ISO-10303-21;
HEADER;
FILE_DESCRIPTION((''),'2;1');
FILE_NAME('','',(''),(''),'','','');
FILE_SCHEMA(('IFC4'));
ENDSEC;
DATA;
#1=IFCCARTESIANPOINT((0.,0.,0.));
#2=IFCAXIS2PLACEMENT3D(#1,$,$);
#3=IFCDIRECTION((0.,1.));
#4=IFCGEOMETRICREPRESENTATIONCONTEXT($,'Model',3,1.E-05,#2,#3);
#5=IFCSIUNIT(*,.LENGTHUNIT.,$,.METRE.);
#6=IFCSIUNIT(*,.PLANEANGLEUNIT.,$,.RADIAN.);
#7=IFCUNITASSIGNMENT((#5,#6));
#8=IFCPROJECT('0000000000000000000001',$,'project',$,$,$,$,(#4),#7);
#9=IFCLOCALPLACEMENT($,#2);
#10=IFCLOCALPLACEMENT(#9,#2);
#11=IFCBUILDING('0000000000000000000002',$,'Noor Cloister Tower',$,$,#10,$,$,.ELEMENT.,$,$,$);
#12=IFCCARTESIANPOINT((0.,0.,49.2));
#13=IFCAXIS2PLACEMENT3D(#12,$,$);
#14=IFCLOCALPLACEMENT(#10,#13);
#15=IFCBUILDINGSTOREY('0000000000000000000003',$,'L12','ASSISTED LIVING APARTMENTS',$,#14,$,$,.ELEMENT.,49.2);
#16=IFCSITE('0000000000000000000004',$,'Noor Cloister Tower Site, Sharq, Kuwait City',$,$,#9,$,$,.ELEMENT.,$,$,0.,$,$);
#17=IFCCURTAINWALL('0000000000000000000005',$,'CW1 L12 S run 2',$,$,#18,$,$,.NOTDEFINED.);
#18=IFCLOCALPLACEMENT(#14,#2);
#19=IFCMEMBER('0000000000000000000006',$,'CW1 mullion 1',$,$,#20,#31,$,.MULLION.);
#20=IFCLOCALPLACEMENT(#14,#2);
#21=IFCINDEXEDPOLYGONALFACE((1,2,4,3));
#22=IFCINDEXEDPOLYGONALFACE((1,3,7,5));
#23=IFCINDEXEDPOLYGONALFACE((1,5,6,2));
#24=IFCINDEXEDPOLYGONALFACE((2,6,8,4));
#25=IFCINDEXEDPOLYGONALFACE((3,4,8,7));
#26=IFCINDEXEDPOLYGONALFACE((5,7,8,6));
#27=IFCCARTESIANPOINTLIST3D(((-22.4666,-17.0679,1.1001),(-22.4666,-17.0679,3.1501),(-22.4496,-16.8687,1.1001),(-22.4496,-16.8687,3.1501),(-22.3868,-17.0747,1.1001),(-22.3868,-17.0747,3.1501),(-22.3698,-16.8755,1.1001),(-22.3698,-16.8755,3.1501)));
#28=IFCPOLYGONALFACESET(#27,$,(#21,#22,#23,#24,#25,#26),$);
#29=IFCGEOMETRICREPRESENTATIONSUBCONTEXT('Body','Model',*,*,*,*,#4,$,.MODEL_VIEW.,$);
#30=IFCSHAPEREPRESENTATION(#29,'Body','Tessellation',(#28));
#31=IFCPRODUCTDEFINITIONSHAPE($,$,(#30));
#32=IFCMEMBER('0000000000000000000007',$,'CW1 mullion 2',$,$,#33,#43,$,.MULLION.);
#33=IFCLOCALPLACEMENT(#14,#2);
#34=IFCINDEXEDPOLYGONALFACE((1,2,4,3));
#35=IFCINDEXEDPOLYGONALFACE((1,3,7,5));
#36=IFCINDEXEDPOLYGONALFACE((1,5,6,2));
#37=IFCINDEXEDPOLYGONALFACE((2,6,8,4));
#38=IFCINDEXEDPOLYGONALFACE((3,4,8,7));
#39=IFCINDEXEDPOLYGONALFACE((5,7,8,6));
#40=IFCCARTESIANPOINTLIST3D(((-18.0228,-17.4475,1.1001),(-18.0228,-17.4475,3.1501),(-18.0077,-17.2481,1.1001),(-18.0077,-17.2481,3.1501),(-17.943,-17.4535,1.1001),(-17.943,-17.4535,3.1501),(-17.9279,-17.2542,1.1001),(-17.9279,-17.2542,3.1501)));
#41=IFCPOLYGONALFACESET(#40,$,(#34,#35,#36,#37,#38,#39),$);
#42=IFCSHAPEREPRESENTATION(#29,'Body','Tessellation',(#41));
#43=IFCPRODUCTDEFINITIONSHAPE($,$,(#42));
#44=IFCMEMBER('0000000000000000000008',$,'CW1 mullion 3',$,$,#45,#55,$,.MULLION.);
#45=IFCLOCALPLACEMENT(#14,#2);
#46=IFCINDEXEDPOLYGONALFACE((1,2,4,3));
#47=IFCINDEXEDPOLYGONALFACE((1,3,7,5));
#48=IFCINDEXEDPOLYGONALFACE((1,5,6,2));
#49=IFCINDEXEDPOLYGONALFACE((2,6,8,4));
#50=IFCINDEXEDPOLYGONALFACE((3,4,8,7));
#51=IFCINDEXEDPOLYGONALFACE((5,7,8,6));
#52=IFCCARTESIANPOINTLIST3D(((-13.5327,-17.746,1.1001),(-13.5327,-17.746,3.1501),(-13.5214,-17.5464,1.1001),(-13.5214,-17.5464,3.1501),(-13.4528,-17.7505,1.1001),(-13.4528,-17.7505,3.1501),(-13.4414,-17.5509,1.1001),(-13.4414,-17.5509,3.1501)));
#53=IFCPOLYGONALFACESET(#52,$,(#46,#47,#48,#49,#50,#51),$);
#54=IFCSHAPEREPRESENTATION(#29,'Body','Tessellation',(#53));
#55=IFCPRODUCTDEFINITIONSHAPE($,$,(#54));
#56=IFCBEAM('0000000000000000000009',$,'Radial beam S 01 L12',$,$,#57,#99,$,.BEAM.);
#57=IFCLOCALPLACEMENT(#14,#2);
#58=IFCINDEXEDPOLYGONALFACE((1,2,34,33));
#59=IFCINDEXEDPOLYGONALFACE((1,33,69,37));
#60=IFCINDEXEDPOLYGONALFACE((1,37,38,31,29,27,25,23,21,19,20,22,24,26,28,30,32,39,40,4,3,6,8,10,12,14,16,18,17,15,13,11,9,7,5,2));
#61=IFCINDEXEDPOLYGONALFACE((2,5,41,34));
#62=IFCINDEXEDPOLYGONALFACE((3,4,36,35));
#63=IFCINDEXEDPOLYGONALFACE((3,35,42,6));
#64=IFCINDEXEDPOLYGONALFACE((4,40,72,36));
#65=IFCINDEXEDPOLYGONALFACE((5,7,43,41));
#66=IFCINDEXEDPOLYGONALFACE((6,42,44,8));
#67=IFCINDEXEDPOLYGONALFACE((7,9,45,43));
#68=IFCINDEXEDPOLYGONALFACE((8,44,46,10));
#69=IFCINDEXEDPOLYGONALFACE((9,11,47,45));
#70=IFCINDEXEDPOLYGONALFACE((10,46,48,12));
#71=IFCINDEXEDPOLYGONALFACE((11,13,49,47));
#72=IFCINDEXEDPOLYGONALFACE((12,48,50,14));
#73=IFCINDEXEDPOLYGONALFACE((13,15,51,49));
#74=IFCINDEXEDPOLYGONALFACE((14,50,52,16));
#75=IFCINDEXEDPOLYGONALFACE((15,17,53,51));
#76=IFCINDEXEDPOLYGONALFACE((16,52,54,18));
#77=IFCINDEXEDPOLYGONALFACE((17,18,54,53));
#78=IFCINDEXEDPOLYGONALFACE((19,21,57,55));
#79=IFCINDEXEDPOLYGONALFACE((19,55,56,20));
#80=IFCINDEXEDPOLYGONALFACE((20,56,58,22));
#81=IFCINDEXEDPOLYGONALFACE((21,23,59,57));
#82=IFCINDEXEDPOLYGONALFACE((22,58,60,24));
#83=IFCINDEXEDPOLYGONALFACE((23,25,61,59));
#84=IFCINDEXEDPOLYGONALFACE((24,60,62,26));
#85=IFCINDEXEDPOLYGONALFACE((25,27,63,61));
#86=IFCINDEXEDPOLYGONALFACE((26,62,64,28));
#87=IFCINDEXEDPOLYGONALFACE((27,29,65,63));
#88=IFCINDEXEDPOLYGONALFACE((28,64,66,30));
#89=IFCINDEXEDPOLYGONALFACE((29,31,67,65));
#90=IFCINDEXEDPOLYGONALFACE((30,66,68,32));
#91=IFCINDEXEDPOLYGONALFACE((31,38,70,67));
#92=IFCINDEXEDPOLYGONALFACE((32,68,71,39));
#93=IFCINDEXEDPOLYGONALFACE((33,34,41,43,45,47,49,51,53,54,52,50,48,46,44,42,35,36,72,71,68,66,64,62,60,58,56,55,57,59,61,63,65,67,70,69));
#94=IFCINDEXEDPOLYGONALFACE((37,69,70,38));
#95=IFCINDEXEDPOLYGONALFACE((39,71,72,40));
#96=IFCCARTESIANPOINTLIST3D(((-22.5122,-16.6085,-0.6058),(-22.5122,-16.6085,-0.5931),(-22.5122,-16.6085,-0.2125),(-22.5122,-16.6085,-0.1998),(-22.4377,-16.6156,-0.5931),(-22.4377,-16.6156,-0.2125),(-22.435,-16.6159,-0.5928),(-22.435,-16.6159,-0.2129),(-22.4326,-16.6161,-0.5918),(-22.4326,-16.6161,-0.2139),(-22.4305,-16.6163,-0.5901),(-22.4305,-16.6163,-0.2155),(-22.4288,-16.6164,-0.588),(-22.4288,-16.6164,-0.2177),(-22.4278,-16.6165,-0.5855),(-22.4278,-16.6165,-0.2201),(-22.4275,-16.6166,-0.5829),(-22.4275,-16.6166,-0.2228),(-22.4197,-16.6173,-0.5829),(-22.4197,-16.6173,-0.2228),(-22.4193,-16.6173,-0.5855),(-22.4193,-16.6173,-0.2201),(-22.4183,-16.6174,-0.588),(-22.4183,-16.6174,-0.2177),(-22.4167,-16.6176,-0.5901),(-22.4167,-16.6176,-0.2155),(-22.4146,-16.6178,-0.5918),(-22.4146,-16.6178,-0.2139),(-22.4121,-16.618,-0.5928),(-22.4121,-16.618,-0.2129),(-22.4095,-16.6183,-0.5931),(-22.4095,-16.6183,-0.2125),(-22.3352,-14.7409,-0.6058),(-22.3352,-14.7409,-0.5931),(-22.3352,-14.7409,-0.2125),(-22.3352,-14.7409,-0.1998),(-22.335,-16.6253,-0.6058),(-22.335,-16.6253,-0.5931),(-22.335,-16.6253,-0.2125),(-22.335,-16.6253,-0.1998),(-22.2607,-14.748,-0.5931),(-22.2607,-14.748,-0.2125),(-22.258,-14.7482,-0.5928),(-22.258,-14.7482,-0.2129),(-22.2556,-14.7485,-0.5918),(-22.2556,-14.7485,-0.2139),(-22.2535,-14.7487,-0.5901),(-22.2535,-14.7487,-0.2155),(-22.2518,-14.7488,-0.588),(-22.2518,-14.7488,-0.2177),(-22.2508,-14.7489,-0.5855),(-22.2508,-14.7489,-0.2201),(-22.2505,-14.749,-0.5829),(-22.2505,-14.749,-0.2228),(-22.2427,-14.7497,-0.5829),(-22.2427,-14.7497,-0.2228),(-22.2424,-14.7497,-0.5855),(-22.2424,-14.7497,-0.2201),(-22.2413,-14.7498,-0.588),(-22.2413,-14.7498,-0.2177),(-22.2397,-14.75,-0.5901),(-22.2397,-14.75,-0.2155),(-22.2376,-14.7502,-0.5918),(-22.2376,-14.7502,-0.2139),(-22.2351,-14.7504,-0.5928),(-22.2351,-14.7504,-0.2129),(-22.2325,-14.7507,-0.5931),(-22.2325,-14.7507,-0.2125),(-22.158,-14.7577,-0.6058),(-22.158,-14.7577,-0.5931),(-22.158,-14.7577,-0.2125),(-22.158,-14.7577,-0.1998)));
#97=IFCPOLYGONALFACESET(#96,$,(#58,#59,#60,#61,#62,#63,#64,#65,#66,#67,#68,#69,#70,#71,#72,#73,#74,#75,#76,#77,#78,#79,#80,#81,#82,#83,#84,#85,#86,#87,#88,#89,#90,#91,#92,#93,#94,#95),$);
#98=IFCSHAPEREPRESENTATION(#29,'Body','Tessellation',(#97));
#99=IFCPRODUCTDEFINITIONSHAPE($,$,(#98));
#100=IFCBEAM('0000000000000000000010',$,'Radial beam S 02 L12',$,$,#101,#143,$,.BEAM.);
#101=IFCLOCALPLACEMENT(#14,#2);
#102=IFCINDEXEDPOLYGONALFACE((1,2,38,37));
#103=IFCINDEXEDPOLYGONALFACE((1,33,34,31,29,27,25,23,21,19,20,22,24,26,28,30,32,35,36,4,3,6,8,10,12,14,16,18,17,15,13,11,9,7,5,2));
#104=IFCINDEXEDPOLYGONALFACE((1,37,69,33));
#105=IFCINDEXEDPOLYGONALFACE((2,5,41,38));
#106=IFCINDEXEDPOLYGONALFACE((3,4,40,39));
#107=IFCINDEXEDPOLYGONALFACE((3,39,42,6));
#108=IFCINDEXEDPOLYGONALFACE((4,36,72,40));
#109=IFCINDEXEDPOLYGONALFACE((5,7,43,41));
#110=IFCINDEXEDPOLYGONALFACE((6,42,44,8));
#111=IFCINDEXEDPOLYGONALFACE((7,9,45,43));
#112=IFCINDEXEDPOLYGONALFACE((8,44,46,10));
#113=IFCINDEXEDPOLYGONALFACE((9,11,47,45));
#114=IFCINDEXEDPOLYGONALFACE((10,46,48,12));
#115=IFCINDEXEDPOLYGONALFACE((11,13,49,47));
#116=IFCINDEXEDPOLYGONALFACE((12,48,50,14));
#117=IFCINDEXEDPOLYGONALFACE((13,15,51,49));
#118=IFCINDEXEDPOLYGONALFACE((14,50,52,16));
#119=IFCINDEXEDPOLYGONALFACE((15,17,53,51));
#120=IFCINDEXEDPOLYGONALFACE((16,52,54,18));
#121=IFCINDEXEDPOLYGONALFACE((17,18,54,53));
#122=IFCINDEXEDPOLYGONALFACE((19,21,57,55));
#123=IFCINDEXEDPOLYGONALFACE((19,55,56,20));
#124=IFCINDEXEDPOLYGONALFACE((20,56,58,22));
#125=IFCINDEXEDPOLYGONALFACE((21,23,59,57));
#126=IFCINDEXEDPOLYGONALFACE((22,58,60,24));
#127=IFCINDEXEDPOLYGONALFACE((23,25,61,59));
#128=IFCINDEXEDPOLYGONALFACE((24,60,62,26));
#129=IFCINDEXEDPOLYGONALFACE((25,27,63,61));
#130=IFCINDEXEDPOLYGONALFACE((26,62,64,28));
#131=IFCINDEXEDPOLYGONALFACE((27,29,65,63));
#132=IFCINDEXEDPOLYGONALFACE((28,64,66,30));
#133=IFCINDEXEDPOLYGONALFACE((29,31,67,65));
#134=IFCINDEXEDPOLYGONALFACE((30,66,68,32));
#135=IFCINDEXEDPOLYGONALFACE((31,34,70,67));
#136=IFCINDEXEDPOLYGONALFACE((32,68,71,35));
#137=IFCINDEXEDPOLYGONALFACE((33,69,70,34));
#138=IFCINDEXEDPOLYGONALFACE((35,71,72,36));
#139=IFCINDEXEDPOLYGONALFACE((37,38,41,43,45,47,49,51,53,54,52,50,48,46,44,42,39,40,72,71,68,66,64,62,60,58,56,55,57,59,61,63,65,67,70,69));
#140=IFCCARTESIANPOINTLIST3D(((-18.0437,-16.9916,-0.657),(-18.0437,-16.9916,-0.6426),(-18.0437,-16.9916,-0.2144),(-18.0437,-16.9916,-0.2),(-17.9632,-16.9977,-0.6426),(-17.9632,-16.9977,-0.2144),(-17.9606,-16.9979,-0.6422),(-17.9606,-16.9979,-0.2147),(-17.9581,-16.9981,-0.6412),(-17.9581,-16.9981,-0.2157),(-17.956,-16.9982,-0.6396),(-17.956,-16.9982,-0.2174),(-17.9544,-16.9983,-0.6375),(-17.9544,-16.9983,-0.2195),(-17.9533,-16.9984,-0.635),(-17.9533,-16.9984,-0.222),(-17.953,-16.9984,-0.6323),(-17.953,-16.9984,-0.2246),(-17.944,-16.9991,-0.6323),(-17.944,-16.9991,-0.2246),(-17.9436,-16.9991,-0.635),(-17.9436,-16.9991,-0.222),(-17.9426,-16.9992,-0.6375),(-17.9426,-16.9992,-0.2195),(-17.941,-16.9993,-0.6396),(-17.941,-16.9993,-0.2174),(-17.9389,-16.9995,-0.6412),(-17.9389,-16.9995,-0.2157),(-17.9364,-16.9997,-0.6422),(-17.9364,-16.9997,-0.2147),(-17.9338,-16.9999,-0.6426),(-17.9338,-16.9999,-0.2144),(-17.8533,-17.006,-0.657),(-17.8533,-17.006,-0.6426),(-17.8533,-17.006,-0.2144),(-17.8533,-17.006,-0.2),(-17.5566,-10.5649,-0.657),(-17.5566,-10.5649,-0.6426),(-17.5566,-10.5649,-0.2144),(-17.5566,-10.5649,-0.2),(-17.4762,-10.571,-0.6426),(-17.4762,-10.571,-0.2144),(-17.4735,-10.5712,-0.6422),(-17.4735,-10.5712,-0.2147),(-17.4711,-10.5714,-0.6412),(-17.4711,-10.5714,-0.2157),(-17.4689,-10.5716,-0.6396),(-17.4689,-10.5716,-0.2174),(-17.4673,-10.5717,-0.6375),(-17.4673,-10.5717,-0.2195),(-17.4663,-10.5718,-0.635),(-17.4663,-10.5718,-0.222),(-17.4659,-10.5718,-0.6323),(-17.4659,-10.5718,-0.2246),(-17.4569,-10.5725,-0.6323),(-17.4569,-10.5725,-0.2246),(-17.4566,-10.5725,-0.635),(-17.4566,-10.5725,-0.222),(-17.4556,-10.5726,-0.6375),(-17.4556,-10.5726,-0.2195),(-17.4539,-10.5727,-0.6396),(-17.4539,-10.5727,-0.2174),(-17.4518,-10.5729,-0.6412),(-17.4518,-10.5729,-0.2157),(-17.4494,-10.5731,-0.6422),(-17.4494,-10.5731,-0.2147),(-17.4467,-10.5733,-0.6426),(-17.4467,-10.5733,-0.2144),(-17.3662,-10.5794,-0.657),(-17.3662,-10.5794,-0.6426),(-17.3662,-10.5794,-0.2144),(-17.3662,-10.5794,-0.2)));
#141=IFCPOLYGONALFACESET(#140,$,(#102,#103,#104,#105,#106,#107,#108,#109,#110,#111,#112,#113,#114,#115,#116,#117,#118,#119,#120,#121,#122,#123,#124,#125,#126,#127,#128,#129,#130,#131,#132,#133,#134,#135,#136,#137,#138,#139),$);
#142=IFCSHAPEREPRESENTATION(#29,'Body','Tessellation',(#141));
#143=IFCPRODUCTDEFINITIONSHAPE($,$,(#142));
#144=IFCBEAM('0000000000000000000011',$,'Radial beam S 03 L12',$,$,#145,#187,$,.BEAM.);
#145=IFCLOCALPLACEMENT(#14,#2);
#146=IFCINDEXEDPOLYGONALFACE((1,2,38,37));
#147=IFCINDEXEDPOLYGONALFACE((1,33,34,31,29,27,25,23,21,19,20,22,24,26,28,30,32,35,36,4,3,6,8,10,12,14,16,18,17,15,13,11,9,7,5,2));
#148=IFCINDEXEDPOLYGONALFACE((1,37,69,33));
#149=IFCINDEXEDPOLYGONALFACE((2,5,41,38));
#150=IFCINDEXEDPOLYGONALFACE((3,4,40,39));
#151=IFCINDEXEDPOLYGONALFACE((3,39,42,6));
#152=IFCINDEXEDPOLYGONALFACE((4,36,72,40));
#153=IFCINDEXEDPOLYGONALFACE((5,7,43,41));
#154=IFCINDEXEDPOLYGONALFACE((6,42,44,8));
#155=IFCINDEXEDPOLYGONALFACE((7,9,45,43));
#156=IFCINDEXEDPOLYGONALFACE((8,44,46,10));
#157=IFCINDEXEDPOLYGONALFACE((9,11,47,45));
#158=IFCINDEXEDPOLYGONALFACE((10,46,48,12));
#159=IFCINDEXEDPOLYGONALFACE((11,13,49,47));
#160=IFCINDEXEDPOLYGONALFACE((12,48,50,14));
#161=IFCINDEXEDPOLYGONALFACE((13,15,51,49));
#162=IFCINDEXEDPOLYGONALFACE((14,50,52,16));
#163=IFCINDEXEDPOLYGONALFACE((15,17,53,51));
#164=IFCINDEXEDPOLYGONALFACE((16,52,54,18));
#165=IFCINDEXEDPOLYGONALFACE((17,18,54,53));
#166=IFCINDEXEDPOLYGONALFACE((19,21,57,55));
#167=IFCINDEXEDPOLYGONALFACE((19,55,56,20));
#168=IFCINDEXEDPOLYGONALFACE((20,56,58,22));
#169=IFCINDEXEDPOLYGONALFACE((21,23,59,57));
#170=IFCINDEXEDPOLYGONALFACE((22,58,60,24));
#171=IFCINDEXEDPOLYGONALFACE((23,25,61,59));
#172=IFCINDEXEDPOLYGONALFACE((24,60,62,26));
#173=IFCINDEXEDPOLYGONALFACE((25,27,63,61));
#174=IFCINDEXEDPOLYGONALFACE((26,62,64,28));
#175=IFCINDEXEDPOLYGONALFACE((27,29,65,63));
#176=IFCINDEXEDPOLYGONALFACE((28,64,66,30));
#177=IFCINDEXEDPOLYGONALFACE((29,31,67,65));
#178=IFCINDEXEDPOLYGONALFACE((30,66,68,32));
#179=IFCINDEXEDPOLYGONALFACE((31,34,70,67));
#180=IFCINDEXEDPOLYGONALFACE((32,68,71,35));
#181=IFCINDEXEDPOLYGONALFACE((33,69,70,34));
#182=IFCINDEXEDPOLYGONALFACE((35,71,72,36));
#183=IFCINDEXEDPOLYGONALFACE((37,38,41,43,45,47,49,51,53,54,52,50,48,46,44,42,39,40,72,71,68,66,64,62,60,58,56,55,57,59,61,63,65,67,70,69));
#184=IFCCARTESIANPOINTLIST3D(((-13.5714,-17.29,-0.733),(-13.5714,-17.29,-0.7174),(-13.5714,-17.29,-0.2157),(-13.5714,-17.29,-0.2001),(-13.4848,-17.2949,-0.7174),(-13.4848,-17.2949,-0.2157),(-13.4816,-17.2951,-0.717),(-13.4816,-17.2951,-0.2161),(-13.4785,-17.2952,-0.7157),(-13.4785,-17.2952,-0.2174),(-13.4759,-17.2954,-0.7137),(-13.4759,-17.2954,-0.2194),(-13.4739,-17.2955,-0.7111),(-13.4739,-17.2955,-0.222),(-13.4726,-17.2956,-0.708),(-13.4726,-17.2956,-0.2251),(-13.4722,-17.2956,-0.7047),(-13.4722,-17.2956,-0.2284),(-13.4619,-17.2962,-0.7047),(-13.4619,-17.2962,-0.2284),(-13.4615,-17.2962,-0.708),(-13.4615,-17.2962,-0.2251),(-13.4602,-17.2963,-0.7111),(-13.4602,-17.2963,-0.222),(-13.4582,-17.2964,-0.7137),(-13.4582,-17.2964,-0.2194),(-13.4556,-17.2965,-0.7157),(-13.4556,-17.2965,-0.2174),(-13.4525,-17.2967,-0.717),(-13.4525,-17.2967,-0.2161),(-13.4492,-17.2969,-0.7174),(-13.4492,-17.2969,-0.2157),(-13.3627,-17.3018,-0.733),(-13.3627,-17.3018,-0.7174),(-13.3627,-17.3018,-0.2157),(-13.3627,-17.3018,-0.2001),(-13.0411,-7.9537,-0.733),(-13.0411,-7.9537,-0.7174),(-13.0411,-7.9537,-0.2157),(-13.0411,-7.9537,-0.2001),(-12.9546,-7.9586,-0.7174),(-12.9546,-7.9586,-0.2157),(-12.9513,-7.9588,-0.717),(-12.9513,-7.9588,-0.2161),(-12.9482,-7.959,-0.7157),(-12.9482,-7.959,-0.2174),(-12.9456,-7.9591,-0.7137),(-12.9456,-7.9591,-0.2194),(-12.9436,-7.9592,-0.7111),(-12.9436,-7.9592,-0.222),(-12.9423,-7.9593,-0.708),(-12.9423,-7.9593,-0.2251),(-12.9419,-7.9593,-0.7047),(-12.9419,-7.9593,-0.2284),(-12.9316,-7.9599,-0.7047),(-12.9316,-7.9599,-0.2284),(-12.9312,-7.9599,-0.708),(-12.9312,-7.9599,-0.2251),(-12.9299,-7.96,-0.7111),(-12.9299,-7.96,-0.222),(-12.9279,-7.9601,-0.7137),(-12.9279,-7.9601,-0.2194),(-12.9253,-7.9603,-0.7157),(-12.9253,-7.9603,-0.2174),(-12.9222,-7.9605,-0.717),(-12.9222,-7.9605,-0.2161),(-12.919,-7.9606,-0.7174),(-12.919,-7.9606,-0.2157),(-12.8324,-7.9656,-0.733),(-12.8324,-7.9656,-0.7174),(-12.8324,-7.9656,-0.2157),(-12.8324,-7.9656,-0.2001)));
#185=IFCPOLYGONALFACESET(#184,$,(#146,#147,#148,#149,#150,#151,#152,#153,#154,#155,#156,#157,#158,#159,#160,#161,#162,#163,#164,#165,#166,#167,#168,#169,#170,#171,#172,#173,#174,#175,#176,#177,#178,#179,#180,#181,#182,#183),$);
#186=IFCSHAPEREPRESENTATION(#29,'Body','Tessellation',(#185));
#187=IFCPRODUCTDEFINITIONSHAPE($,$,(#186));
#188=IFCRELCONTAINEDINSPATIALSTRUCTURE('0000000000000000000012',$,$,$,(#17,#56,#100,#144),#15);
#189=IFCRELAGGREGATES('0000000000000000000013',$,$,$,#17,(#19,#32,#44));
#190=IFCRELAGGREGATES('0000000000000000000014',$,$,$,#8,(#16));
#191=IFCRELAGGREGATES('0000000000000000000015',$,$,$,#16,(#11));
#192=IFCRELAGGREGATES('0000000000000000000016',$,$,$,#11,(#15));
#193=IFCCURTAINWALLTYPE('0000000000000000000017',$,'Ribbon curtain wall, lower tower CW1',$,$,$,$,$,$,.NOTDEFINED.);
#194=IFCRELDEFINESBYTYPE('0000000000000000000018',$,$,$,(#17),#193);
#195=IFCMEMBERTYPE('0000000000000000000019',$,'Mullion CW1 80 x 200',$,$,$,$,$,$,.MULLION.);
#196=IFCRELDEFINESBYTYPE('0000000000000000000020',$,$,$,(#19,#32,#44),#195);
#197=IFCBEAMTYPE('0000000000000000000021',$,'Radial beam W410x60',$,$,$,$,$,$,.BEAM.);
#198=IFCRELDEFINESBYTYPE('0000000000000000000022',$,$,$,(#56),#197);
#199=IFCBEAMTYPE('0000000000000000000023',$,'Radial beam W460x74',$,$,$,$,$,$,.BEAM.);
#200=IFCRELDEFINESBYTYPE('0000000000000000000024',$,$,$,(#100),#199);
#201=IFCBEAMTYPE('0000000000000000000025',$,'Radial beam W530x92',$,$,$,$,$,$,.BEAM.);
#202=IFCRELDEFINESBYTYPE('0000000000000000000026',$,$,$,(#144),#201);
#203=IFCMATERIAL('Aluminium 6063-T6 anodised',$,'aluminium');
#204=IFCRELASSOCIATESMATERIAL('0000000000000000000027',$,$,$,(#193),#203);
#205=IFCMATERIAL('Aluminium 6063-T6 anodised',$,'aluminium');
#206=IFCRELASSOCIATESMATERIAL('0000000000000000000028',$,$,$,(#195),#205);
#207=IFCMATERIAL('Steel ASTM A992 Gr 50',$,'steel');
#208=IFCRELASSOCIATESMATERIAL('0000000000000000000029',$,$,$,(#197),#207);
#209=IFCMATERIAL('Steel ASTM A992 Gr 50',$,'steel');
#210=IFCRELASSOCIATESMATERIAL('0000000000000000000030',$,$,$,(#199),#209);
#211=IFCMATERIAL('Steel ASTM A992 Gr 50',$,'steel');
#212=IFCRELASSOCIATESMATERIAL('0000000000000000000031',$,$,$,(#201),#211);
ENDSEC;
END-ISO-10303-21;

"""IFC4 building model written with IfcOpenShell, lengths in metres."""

from ifc_helpers import new_model, si_unit, direction, frame, origin, origin_2d, place, context, subcontext, project, spatial, rectangle, i_section, extrude, material, material_profile, profile_set, type_object, element, aggregate, save


model = new_model("IFC4")

# Units and contexts
model_context = context("Model", 3, precision=1e-05, world=origin(), true_north=direction((0.0, 1.0)))
body_context = subcontext(model_context, "Body", "Model", "MODEL_VIEW")
ifc_project = project(units=[si_unit("LENGTHUNIT", "METRE"), si_unit("PLANEANGLEUNIT", "RADIAN")], contexts=[model_context])

# Site, building, storey
site_placement = place(None, origin())
site = spatial("IfcSite", under=ifc_project, at=site_placement, Name="Noor Cloister Tower Site, Sharq, Kuwait City", CompositionType="ELEMENT", RefElevation=0.0)
building_placement = place(site_placement, origin())
building = spatial("IfcBuilding", under=site, at=building_placement, Name="Noor Cloister Tower", CompositionType="ELEMENT")
storey_placement = place(building_placement, frame((0.0, 0.0, 49.2)))
storey = spatial("IfcBuildingStorey", under=building, at=storey_placement, Name="L12", Description="ASSISTED LIVING APARTMENTS", CompositionType="ELEMENT", Elevation=49.2)

# Curtain wall, members
ifc_material_1 = material(Name="Aluminium 6063-T6 anodised", Category="aluminium")
curtain_wall_type = type_object("IfcCurtainWallType", Name="Ribbon curtain wall, lower tower CW1", PredefinedType="NOTDEFINED", material=ifc_material_1)
curtain_wall_placement = place(storey_placement, origin())
curtain_wall = element("IfcCurtainWall", 1, at=curtain_wall_placement, inside=storey, type_object=curtain_wall_type, Name="CW1 L12 S run 2", PredefinedType="NOTDEFINED")
ifc_material_2 = material(Name="Aluminium 6063-T6 anodised", Category="aluminium")
ifc_material_profile_1 = material_profile(ifc_material_2, rectangle(XDim=0.2, YDim=0.0801, at=origin_2d()), Name="200 x 80 mullion")
ifc_profile_set_1 = profile_set([ifc_material_profile_1], Name="Aluminium 6063-T6 anodised")
member_type = type_object("IfcMemberType", Name="Mullion CW1 80 x 200", PredefinedType="MULLION", material=ifc_profile_set_1)
member_1_placement = place(storey_placement, frame((-22.4182, -16.9717, 1.1001), z_axis=(0.0, 0.0, 1.0), x_axis=(0.085019, 0.996379, 0.0)))
member_1 = element("IfcMember", 2, at=member_1_placement, type_object=member_type, Name="CW1 mullion 1", PredefinedType="MULLION", context=body_context, shape_type="SweptSolid", body=[
    extrude(rectangle(XDim=0.2, YDim=0.0801, at=origin_2d()), origin(), (0.0, 0.0, 1.0), 2.05),
])
member_2_placement = place(storey_placement, frame((-17.9753, -17.3508, 1.1001), z_axis=(0.0, 0.0, 1.0), x_axis=(0.075591, 0.997139, 0.0)))
member_2 = element("IfcMember", 3, at=member_2_placement, type_object=member_type, Name="CW1 mullion 2", PredefinedType="MULLION", context=body_context, shape_type="SweptSolid", body=[
    extrude(rectangle(XDim=0.2, YDim=0.0801, at=origin_2d()), origin(), (0.0, 0.0, 1.0), 2.05),
])
member_3_placement = place(storey_placement, frame((-13.4871, -17.6484, 1.1001), z_axis=(0.0, 0.0, 1.0), x_axis=(0.056717, 0.99839, 0.0)))
member_3 = element("IfcMember", 4, at=member_3_placement, type_object=member_type, Name="CW1 mullion 3", PredefinedType="MULLION", context=body_context, shape_type="SweptSolid", body=[
    extrude(rectangle(XDim=0.2, YDim=0.0801, at=origin_2d()), origin(), (0.0, 0.0, 1.0), 2.05),
])

# Beams
ifc_material_3 = material(Name="Steel ASTM A992 Gr 50", Category="steel")
ifc_material_profile_2 = material_profile(ifc_material_3, i_section(OverallWidth=0.178, OverallDepth=0.406, WebThickness=0.0078, FlangeThickness=0.0127, FilletRadius=0.0103, at=origin_2d()), Name="W410x60")
ifc_profile_set_2 = profile_set([ifc_material_profile_2], Name="Steel ASTM A992 Gr 50")
beam_type_1 = type_object("IfcBeamType", Name="Radial beam W410x60", PredefinedType="BEAM", material=ifc_profile_set_2)
beam_1_placement = place(storey_placement, frame((-22.4236, -16.6169, -0.4028), z_axis=(0.094348, 0.995539, 0.0), x_axis=(-0.995539, 0.094348, 0.0)))
element("IfcBeam", 5, at=beam_1_placement, inside=storey, type_object=beam_type_1, Name="Radial beam S 01 L12", PredefinedType="BEAM", context=body_context, shape_type="SweptSolid", body=[
    extrude(i_section(OverallWidth=0.178, OverallDepth=0.406, WebThickness=0.0078, FlangeThickness=0.0127, FilletRadius=0.0103, at=origin_2d()), origin(), (0.0, 0.0, 1.0), 1.876),
])
ifc_material_4 = material(Name="Steel ASTM A992 Gr 50", Category="steel")
ifc_material_profile_3 = material_profile(ifc_material_4, i_section(OverallWidth=0.1909, OverallDepth=0.457, WebThickness=0.009, FlangeThickness=0.0144, FilletRadius=0.0103, at=origin_2d()), Name="W460x74")
ifc_profile_set_3 = profile_set([ifc_material_profile_3], Name="Steel ASTM A992 Gr 50")
beam_type_2 = type_object("IfcBeamType", Name="Radial beam W460x74", PredefinedType="BEAM", material=ifc_profile_set_3)
beam_2_placement = place(storey_placement, frame((-17.9485, -16.9988, -0.4285), z_axis=(0.07557, 0.997141, 0.0), x_axis=(-0.997141, 0.07557, 0.0)))
element("IfcBeam", 6, at=beam_2_placement, inside=storey, type_object=beam_type_2, Name="Radial beam S 02 L12", PredefinedType="BEAM", context=body_context, shape_type="SweptSolid", body=[
    extrude(i_section(OverallWidth=0.1909, OverallDepth=0.457, WebThickness=0.009, FlangeThickness=0.0144, FilletRadius=0.0103, at=origin_2d()), origin(), (0.0, 0.0, 1.0), 6.4451),
])
ifc_material_5 = material(Name="Steel ASTM A992 Gr 50", Category="steel")
ifc_material_profile_4 = material_profile(ifc_material_5, i_section(OverallWidth=0.209, OverallDepth=0.533, WebThickness=0.0103, FlangeThickness=0.0156, FilletRadius=0.0127, at=origin_2d()), Name="W530x92")
ifc_profile_set_4 = profile_set([ifc_material_profile_4], Name="Steel ASTM A992 Gr 50")
beam_type_3 = type_object("IfcBeamType", Name="Radial beam W530x92", PredefinedType="BEAM", material=ifc_profile_set_4)
beam_3_placement = place(storey_placement, frame((-13.467, -17.2959, -0.4666), z_axis=(0.056706, 0.998391, 0.0), x_axis=(-0.998391, 0.056706, 0.0)))
element("IfcBeam", 7, at=beam_3_placement, inside=storey, type_object=beam_type_3, Name="Radial beam S 03 L12", PredefinedType="BEAM", context=body_context, shape_type="SweptSolid", body=[
    extrude(i_section(OverallWidth=0.209, OverallDepth=0.533, WebThickness=0.0103, FlangeThickness=0.0156, FilletRadius=0.0127, at=origin_2d()), origin(), (0.0, 0.0, 1.0), 9.3513),
])

aggregate(curtain_wall, [member_1, member_2, member_3])

save(model, "model.ifc")
